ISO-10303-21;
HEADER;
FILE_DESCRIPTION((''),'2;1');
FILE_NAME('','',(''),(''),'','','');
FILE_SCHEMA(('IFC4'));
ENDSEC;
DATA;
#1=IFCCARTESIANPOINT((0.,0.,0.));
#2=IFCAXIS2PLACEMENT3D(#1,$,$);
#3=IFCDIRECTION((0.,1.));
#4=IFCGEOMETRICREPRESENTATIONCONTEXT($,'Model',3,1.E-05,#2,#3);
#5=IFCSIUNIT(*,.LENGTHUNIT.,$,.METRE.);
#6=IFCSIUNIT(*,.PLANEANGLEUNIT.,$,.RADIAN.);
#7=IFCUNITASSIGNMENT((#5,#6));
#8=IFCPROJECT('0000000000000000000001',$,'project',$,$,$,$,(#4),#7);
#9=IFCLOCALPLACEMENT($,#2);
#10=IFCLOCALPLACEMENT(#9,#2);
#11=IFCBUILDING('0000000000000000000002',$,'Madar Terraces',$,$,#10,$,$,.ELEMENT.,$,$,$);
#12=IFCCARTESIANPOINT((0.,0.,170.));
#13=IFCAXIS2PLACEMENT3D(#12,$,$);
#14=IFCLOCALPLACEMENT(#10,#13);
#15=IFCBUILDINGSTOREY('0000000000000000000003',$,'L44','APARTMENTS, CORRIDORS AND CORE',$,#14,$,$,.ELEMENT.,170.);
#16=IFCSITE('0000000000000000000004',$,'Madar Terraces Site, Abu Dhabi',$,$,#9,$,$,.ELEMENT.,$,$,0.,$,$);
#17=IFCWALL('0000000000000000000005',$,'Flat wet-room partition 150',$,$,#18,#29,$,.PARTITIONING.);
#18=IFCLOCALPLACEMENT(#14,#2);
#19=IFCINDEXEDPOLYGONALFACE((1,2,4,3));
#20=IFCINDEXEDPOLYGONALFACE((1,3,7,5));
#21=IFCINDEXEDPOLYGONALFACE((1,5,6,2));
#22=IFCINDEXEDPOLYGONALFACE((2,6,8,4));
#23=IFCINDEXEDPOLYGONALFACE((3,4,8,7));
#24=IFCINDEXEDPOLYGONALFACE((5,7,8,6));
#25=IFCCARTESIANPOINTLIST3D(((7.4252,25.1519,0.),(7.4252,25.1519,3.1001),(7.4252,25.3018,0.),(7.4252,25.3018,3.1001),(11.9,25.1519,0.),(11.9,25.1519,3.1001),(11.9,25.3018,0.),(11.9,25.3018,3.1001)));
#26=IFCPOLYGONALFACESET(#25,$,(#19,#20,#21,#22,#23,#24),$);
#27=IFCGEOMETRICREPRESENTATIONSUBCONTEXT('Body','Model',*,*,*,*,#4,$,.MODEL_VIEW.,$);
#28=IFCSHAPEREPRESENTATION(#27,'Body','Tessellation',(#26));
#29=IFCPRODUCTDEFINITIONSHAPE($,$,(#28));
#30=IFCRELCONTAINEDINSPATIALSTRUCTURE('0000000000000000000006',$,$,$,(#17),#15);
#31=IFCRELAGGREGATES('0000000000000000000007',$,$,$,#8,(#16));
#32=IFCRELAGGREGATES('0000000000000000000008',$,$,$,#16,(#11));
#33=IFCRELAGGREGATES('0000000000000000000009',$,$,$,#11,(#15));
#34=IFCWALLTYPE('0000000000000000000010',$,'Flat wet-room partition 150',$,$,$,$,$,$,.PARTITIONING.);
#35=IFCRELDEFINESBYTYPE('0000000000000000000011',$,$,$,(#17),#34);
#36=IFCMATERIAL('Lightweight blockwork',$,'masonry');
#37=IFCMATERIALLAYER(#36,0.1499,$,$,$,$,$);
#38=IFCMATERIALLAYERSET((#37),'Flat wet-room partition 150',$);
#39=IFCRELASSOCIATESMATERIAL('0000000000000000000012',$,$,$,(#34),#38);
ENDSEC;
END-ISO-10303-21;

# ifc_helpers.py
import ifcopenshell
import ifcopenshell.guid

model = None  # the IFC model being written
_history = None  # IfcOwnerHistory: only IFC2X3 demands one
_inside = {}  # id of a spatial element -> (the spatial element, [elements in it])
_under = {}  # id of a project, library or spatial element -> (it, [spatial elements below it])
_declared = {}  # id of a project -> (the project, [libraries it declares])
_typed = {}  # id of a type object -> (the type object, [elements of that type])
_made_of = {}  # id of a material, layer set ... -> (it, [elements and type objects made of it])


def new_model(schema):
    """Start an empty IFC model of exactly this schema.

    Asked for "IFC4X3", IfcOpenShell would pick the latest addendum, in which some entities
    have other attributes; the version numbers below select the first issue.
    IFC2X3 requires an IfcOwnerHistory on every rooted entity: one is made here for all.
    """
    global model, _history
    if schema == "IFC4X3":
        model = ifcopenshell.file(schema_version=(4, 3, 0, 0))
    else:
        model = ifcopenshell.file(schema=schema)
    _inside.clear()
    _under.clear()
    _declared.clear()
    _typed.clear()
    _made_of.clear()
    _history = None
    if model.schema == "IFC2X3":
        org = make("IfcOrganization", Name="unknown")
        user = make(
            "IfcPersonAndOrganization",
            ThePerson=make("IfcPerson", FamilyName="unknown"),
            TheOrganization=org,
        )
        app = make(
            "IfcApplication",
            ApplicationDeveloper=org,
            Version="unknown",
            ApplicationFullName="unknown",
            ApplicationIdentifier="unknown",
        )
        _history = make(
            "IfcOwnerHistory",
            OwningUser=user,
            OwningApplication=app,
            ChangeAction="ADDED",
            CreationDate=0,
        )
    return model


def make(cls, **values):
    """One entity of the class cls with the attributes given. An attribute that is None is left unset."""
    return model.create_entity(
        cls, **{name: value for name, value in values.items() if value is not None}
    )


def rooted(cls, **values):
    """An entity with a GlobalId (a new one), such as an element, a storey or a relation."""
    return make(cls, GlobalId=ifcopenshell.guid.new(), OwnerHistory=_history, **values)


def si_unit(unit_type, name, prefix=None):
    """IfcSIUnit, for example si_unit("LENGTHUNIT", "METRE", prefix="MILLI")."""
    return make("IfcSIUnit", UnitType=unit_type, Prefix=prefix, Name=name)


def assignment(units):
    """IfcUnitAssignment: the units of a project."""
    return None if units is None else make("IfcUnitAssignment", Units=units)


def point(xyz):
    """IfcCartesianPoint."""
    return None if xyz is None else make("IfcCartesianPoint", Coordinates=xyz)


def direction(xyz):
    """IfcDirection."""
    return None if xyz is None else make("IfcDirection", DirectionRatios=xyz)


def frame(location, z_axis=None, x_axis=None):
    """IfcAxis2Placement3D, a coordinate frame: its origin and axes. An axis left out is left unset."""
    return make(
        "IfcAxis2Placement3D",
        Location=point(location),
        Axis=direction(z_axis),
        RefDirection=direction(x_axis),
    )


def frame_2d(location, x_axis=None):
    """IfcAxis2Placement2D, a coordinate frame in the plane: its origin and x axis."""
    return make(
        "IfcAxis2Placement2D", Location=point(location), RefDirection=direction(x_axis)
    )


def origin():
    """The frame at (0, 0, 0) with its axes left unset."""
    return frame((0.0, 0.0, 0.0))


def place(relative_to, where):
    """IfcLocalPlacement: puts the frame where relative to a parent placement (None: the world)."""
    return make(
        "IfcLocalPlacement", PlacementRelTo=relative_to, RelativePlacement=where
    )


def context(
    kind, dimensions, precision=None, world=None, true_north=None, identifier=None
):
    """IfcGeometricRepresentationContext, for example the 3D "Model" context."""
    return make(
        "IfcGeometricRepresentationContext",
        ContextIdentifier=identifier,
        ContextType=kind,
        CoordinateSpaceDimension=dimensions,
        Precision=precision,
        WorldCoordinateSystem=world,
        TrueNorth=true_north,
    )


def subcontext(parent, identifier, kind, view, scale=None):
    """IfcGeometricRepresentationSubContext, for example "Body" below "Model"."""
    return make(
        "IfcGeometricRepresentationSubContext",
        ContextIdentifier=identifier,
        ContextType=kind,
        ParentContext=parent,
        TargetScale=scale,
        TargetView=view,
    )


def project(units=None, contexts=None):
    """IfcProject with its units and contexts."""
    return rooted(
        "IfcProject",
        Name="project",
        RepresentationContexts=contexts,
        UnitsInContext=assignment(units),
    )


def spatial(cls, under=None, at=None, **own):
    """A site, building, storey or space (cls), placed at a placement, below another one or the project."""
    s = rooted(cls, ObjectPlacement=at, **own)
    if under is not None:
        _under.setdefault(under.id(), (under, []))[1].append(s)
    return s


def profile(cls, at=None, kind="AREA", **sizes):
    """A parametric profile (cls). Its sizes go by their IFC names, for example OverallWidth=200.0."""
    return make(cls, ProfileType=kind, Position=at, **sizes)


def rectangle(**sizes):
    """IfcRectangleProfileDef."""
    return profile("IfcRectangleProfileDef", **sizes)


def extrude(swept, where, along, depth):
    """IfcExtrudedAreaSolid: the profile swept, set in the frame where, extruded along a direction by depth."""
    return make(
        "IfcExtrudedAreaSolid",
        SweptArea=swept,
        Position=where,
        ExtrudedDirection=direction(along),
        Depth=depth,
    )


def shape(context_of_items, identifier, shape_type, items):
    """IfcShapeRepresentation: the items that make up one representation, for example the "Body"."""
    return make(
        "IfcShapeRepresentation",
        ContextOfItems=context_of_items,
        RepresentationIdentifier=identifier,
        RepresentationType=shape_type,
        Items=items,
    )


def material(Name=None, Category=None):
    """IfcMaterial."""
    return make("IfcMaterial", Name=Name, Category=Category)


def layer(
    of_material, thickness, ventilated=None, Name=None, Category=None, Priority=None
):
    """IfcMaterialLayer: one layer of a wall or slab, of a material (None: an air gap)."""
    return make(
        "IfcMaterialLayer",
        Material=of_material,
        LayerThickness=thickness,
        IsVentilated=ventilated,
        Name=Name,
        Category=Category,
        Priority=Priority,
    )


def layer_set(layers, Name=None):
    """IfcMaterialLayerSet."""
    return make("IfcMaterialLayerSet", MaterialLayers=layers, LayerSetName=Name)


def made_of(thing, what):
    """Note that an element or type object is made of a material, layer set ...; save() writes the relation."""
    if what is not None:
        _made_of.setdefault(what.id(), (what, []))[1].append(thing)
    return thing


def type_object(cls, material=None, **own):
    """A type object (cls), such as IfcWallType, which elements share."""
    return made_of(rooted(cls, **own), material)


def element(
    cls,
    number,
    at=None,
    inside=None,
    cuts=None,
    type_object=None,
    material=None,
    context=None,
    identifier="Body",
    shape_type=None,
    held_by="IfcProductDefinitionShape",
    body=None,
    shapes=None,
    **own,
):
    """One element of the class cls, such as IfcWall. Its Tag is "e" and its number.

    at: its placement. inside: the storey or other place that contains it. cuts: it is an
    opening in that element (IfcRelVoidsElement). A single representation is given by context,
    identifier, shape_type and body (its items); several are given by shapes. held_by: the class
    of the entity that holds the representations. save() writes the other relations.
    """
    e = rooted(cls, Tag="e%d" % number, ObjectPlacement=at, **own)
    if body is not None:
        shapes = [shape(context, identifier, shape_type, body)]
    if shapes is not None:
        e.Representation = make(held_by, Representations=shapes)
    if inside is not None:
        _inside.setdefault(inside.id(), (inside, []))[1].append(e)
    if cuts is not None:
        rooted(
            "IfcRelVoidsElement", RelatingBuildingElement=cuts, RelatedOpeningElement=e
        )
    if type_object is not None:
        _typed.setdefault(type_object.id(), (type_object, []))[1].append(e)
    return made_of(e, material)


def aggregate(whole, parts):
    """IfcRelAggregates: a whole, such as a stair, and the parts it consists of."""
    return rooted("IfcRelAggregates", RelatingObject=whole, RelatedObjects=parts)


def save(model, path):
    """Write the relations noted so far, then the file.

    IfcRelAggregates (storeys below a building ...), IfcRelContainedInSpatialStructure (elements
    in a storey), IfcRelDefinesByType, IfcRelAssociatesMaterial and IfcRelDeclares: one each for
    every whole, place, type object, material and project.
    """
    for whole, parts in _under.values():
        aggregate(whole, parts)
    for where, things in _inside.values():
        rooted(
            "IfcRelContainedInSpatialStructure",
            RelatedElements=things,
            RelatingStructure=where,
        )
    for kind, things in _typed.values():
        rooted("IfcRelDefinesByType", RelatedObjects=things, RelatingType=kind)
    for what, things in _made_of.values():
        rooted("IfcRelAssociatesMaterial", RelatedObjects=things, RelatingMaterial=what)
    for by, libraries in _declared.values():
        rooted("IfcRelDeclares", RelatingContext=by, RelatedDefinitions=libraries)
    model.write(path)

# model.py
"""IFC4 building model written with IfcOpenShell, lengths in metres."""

from ifc_helpers import new_model, si_unit, direction, frame, frame_2d, origin, place, context, subcontext, project, spatial, rectangle, extrude, material, layer, layer_set, type_object, element, save


model = new_model("IFC4")

# Units and contexts
model_context = context("Model", 3, precision=1e-05, world=origin(), true_north=direction((0.0, 1.0)))
body_context = subcontext(model_context, "Body", "Model", "MODEL_VIEW")
ifc_project = project(units=[si_unit("LENGTHUNIT", "METRE"), si_unit("PLANEANGLEUNIT", "RADIAN")], contexts=[model_context])

# Site, building, storey
site_placement = place(None, origin())
site = spatial("IfcSite", under=ifc_project, at=site_placement, Name="Madar Terraces Site, Abu Dhabi", CompositionType="ELEMENT", RefElevation=0.0)
building_placement = place(site_placement, origin())
building = spatial("IfcBuilding", under=site, at=building_placement, Name="Madar Terraces", CompositionType="ELEMENT")
storey_placement = place(building_placement, frame((0.0, 0.0, 170.0)))
storey = spatial("IfcBuildingStorey", under=building, at=storey_placement, Name="L44", Description="APARTMENTS, CORRIDORS AND CORE", CompositionType="ELEMENT", Elevation=170.0)

# Wall
ifc_material_1 = material(Name="Lightweight blockwork", Category="masonry")
ifc_layer_1 = layer(ifc_material_1, 0.1499)
ifc_layer_set_1 = layer_set([ifc_layer_1], Name="Flat wet-room partition 150")
wall_type_1 = type_object("IfcWallType", Name="Flat wet-room partition 150", PredefinedType="PARTITIONING", material=ifc_layer_set_1)
wall_1_placement = place(storey_placement, frame((11.8999, 25.2268, 0.0), z_axis=(0.0, 0.0, 1.0), x_axis=(-1.0, 0.0, 0.0)))
element("IfcWall", 1, at=wall_1_placement, inside=storey, type_object=wall_type_1, Name="Flat wet-room partition 150", PredefinedType="PARTITIONING", context=body_context, shape_type="SweptSolid", body=[
    extrude(rectangle(XDim=4.4749, YDim=0.1499, at=frame_2d((2.2373, 0.0))), origin(), (0.0, 0.0, 1.0), 3.1001),
])

save(model, "model.ifc")
